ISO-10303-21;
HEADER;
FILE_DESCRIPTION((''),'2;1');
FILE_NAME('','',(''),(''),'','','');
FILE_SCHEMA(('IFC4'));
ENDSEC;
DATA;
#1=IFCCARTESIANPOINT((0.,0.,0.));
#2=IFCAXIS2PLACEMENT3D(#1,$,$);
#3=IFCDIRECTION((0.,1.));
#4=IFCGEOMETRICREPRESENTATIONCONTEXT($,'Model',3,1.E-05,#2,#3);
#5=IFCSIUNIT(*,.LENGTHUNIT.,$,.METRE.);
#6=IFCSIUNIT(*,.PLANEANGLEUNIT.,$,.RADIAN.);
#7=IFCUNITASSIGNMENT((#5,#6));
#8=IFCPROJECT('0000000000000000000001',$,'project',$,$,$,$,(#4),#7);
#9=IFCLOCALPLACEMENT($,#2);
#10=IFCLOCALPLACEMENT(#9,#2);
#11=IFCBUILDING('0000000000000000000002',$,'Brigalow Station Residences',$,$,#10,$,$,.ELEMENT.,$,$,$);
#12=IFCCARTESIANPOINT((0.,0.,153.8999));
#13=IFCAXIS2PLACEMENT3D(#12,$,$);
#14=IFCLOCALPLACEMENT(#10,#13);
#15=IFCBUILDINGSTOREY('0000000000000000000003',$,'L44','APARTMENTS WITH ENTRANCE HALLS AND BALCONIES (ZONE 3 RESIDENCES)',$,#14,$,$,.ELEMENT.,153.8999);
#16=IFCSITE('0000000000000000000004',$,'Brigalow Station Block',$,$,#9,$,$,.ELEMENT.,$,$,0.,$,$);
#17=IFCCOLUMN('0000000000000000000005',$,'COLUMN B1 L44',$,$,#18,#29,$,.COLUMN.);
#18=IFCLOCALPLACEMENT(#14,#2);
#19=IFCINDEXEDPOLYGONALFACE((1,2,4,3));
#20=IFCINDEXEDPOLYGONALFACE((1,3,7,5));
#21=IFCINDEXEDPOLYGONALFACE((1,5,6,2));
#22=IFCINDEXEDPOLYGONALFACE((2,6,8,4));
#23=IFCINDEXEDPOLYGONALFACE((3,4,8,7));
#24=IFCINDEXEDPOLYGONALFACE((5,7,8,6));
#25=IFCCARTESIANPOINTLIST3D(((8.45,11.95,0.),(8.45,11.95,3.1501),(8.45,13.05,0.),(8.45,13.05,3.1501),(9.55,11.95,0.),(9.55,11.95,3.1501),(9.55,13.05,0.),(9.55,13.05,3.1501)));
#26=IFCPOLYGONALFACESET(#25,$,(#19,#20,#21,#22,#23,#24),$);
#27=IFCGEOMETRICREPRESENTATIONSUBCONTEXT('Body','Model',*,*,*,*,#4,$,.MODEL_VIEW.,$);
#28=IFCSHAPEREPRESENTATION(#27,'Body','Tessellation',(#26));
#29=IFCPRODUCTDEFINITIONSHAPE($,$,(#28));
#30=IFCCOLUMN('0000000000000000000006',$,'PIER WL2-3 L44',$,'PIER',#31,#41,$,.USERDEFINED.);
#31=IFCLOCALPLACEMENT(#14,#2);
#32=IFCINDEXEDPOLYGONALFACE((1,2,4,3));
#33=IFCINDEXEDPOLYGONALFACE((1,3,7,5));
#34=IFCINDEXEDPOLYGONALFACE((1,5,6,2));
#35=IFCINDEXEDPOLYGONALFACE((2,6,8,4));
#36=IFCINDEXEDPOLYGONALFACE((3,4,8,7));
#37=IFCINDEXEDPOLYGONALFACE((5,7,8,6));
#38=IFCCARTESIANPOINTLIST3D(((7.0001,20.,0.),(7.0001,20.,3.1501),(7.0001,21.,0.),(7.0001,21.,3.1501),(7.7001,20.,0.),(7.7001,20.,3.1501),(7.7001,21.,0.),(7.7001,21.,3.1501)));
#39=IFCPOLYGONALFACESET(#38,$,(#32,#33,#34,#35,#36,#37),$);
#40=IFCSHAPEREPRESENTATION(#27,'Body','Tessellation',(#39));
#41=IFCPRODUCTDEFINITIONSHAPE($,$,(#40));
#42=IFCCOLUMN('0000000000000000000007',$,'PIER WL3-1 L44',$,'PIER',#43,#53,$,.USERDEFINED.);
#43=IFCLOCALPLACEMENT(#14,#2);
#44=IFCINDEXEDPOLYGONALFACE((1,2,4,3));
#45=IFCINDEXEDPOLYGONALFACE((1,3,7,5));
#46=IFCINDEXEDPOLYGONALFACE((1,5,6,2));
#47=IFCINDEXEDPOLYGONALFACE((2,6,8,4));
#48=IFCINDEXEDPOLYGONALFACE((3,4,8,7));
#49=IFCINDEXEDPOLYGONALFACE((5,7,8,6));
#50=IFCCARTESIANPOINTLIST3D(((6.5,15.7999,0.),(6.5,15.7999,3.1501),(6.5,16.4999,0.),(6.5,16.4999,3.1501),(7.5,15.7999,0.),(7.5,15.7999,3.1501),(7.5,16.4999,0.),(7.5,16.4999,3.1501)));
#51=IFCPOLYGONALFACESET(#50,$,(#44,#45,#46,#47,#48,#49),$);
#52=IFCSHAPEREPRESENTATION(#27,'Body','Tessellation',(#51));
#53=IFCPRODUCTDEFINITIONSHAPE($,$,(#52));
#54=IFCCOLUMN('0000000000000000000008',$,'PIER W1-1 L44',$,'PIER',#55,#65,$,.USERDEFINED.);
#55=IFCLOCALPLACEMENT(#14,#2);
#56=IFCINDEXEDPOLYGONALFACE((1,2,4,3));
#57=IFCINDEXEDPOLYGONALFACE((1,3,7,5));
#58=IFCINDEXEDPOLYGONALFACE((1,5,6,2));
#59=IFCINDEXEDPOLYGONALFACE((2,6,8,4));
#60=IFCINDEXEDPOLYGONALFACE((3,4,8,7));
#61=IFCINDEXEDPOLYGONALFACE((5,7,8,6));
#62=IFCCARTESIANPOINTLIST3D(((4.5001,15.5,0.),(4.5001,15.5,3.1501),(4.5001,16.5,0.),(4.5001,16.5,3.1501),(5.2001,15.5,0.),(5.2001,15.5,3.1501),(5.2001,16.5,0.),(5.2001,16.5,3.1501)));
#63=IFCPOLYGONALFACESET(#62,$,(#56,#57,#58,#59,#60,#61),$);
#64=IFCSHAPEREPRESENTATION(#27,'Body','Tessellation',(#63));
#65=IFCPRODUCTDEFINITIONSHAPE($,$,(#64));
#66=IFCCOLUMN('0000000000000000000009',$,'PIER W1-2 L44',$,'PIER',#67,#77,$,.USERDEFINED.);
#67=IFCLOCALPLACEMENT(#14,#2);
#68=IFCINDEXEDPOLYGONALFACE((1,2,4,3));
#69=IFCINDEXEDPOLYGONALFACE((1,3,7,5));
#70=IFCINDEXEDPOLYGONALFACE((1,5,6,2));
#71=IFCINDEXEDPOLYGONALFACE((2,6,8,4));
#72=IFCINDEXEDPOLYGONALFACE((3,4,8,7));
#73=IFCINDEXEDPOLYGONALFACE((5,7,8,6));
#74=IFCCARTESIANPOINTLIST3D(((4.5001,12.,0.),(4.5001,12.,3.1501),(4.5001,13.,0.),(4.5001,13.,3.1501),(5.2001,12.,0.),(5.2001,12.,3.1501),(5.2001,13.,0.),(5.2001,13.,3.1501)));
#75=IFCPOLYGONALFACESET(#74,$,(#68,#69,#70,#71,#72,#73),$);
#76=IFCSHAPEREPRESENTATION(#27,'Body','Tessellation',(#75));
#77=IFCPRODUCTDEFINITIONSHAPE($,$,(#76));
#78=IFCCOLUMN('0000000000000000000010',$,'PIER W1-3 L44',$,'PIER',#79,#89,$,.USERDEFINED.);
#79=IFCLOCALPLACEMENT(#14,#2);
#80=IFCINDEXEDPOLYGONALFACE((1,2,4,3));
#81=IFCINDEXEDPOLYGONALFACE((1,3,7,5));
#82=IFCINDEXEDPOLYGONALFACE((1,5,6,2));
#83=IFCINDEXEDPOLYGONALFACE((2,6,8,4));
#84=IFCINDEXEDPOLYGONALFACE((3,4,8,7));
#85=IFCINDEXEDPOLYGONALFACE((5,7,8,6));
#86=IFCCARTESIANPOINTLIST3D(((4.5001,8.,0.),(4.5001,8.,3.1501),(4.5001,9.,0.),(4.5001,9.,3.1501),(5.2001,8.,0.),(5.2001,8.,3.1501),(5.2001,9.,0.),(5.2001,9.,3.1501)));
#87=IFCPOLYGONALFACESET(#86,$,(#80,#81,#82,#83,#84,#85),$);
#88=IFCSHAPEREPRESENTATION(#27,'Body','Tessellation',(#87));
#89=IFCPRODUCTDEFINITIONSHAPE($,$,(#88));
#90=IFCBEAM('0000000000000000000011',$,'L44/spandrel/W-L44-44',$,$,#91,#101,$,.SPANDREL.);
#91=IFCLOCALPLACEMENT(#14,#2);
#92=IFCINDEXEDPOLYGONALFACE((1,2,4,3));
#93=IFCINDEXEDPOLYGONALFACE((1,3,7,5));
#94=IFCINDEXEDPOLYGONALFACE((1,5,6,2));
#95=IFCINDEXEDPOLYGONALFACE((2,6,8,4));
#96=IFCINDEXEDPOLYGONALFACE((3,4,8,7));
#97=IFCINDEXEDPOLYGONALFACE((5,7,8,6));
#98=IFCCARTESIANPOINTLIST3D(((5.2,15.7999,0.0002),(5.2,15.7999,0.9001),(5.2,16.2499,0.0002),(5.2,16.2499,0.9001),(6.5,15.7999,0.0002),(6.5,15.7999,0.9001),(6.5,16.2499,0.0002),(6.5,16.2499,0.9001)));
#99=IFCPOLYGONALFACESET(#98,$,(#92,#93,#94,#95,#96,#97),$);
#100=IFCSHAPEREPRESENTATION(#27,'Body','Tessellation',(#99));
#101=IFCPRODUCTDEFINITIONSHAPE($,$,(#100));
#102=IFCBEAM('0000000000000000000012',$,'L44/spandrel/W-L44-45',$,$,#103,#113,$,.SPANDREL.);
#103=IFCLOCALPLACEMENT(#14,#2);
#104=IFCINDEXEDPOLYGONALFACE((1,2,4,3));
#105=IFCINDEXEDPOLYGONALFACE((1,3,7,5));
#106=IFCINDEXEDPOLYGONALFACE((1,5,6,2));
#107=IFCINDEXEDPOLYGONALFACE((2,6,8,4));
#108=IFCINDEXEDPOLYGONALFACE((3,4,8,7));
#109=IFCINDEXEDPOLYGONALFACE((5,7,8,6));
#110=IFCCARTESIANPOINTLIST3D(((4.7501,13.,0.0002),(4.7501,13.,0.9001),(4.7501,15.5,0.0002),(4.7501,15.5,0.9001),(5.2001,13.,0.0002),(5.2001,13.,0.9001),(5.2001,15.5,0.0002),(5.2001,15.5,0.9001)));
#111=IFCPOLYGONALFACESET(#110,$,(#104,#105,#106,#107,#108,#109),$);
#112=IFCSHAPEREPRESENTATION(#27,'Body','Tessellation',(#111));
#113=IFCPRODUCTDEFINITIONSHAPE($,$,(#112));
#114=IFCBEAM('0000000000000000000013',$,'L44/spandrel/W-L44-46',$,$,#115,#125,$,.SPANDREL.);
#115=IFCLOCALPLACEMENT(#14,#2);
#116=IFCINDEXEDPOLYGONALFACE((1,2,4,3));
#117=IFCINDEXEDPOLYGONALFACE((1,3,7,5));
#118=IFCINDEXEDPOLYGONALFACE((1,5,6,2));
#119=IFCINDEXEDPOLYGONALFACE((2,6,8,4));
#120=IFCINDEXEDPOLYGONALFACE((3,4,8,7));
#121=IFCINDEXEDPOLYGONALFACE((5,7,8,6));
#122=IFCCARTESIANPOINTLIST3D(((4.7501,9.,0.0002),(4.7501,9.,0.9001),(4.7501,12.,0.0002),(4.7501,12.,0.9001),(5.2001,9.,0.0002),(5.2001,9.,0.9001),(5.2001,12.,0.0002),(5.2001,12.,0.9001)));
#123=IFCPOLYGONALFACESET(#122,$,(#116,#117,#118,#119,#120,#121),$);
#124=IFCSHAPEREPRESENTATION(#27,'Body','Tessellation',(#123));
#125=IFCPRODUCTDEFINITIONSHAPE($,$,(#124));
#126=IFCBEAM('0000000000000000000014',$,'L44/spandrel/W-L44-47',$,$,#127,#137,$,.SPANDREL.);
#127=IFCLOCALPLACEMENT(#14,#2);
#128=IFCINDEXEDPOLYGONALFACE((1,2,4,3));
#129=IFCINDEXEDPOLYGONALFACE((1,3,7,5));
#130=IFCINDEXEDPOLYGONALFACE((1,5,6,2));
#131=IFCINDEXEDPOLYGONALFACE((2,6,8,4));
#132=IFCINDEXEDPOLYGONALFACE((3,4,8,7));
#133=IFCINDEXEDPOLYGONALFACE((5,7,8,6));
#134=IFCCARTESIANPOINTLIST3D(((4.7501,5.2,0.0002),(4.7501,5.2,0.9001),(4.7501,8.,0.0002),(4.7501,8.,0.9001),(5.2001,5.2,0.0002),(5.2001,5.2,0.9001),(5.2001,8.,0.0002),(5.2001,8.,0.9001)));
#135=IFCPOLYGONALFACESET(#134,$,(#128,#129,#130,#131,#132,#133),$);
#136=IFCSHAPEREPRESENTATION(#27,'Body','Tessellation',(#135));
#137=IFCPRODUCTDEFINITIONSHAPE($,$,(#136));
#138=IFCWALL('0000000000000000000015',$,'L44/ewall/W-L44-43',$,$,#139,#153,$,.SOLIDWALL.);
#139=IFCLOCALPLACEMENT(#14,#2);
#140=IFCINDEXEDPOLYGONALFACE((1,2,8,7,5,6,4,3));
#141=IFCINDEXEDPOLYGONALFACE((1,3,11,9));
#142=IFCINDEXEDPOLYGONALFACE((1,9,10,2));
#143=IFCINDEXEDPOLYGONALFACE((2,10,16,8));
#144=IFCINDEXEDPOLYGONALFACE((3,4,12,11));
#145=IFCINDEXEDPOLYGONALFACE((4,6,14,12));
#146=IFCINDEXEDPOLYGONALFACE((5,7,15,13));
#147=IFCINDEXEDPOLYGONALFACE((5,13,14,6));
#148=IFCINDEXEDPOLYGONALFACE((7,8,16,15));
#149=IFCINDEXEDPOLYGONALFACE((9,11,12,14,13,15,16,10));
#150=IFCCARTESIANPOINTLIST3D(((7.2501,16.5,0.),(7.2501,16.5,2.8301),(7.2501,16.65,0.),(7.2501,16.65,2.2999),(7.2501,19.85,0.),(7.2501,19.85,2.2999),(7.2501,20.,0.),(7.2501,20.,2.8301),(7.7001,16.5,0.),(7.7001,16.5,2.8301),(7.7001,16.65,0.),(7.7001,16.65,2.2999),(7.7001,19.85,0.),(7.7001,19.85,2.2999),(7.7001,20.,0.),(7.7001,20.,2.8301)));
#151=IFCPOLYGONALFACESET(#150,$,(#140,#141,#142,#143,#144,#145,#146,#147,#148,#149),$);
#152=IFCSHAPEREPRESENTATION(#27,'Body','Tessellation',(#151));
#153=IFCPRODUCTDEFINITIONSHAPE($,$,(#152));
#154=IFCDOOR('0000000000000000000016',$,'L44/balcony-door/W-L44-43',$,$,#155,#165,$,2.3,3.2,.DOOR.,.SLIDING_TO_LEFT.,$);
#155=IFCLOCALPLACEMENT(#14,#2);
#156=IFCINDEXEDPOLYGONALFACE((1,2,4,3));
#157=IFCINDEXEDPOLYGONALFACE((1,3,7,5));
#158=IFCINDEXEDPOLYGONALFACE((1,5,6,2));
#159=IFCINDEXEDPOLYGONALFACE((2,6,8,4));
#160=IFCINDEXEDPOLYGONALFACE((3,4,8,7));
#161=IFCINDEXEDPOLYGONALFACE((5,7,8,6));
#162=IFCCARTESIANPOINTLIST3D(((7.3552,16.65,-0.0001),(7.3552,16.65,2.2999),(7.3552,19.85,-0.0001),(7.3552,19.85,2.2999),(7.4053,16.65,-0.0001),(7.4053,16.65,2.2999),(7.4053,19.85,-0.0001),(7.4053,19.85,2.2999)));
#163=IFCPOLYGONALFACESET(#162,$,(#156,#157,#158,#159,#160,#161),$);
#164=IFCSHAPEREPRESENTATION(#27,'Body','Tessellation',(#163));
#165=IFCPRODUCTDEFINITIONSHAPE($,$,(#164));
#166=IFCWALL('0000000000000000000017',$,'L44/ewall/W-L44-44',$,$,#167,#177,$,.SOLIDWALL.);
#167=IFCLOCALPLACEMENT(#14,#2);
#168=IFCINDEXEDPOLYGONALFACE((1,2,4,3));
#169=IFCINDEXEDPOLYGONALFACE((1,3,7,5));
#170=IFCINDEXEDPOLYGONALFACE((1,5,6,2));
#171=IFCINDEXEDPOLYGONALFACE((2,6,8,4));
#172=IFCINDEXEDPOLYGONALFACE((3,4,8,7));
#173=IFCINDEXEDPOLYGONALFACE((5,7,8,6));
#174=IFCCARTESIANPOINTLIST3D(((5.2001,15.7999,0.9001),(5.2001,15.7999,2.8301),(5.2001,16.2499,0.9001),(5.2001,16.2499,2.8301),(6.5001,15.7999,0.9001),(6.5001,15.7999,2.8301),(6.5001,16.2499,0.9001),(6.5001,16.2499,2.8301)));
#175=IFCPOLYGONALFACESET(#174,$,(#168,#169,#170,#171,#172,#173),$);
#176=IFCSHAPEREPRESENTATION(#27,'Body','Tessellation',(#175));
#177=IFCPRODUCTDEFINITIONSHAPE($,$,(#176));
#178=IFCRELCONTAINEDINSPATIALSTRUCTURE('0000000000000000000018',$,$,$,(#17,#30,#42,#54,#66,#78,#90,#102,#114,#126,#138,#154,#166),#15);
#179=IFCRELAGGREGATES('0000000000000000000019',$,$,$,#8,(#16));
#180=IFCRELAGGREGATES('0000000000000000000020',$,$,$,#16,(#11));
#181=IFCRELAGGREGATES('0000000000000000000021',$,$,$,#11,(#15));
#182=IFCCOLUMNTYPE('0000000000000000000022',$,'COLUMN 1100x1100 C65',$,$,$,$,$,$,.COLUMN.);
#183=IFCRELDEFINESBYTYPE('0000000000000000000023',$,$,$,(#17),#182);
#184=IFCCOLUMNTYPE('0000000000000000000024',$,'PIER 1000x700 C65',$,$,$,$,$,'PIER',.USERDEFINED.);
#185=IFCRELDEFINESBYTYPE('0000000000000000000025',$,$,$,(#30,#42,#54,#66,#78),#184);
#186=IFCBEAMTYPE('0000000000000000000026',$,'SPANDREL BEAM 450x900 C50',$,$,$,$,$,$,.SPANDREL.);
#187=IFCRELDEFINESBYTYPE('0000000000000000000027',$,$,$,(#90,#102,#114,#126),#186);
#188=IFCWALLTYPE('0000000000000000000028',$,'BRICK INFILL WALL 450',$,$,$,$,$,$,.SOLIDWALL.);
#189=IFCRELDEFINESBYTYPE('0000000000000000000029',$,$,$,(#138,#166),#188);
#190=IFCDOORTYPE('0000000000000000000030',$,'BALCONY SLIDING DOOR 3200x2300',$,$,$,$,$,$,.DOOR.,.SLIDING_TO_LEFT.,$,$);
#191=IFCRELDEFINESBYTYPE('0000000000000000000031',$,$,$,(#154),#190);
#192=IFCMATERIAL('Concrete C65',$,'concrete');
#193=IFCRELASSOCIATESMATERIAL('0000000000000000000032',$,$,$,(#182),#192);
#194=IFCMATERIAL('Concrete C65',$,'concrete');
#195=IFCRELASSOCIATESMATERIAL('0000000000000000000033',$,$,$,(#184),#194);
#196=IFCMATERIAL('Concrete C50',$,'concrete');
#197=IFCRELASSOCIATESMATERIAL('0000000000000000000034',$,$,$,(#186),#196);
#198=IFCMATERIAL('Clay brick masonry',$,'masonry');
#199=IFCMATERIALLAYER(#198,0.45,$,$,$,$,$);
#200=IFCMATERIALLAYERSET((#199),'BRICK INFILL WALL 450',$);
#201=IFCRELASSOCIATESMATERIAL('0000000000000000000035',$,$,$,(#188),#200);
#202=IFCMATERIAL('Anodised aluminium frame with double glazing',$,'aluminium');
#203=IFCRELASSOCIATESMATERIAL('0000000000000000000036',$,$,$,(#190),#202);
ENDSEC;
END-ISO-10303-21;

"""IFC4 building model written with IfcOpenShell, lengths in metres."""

from ifc_helpers import new_model, si_unit, direction, frame, frame_2d, origin, origin_2d, place, context, subcontext, project, spatial, rectangle, extrude, material, layer, layer_set, material_profile, profile_set, type_object, element, fill, save


model = new_model("IFC4")

# Units and contexts
model_context = context("Model", 3, precision=1e-05, world=origin(), true_north=direction((0.0, 1.0)))
body_context = subcontext(model_context, "Body", "Model", "MODEL_VIEW")
ifc_project = project(units=[si_unit("LENGTHUNIT", "METRE"), si_unit("PLANEANGLEUNIT", "RADIAN")], contexts=[model_context])

# Site, building, storey
site_placement = place(None, origin())
site = spatial("IfcSite", under=ifc_project, at=site_placement, Name="Brigalow Station Block", CompositionType="ELEMENT", RefElevation=0.0)
building_placement = place(site_placement, origin())
building = spatial("IfcBuilding", under=site, at=building_placement, Name="Brigalow Station Residences", CompositionType="ELEMENT")
storey_placement = place(building_placement, frame((0.0, 0.0, 153.8999)))
storey = spatial("IfcBuildingStorey", under=building, at=storey_placement, Name="L44", Description="APARTMENTS WITH ENTRANCE HALLS AND BALCONIES (ZONE 3 RESIDENCES)", CompositionType="ELEMENT", Elevation=153.8999)

# Columns
ifc_material_1 = material(Name="Concrete C65", Category="concrete")
ifc_material_profile_1 = material_profile(ifc_material_1, rectangle(XDim=1.1001, YDim=1.1001, at=origin_2d()), Name="RC1100x1100")
ifc_profile_set_1 = profile_set([ifc_material_profile_1], Name="Concrete C65")
column_type_1 = type_object("IfcColumnType", Name="COLUMN 1100x1100 C65", PredefinedType="COLUMN", material=ifc_profile_set_1)
column_placement = place(storey_placement, frame((9.0, 12.5, 0.0), z_axis=(0.0, 0.0, 1.0), x_axis=(1.0, 0.0, 0.0)))
element("IfcColumn", 1, at=column_placement, inside=storey, type_object=column_type_1, Name="COLUMN B1 L44", PredefinedType="COLUMN", context=body_context, shape_type="SweptSolid", body=[
    extrude(rectangle(XDim=1.1001, YDim=1.1001, at=origin_2d()), origin(), (0.0, 0.0, 1.0), 3.1501),
])
ifc_material_2 = material(Name="Concrete C65", Category="concrete")
ifc_material_profile_2 = material_profile(ifc_material_2, rectangle(XDim=1.0, YDim=0.7, at=origin_2d()), Name="RC1000x700")
ifc_profile_set_2 = profile_set([ifc_material_profile_2], Name="Concrete C65")
column_type_2 = type_object("IfcColumnType", Name="PIER 1000x700 C65", ElementType="PIER", PredefinedType="USERDEFINED", material=ifc_profile_set_2)
for number, where, z_axis, x_axis, name in (
    (2, (7.3501, 20.5, 0.0), (0.0, 0.0, 1.0), (0.0, -1.0, 0.0), "PIER WL2-3 L44"),
    (3, (7.0, 16.1499, 0.0), (0.0, 0.0, 1.0), (-1.0, 0.0, 0.0), "PIER WL3-1 L44"),
    (4, (4.8501, 16.0, 0.0), (0.0, 0.0, 1.0), (0.0, -1.0, 0.0), "PIER W1-1 L44"),
    (5, (4.8501, 12.5, 0.0), (0.0, 0.0, 1.0), (0.0, -1.0, 0.0), "PIER W1-2 L44"),
    (6, (4.8501, 8.5, 0.0), (0.0, 0.0, 1.0), (0.0, -1.0, 0.0), "PIER W1-3 L44"),
):
    element("IfcColumn", number, at=place(storey_placement, frame(where, z_axis=z_axis, x_axis=x_axis)), inside=storey, type_object=column_type_2, Name=name, ObjectType="PIER", PredefinedType="USERDEFINED", context=body_context, shape_type="SweptSolid", body=[
        extrude(rectangle(XDim=1.0, YDim=0.7, at=origin_2d()), origin(), (0.0, 0.0, 1.0), 3.1501),
    ])

# Beams
ifc_material_3 = material(Name="Concrete C50", Category="concrete")
ifc_material_profile_3 = material_profile(ifc_material_3, rectangle(XDim=0.45, YDim=0.8999, at=origin_2d()), Name="RC450x900")
ifc_profile_set_3 = profile_set([ifc_material_profile_3], Name="Concrete C50")
beam_type = type_object("IfcBeamType", Name="SPANDREL BEAM 450x900 C50", PredefinedType="SPANDREL", material=ifc_profile_set_3)
beam_1_placement = place(storey_placement, frame((6.5, 16.0249, 0.4502), z_axis=(-1.0, 0.0, 0.0), x_axis=(0.0, -1.0, 0.0)))
element("IfcBeam", 7, at=beam_1_placement, inside=storey, type_object=beam_type, Name="L44/spandrel/W-L44-44", PredefinedType="SPANDREL", context=body_context, shape_type="SweptSolid", body=[
    extrude(rectangle(XDim=0.45, YDim=0.8999, at=origin_2d()), origin(), (0.0, 0.0, 1.0), 1.3),
])
beam_2_placement = place(storey_placement, frame((4.9751, 15.5, 0.4502), z_axis=(0.0, -1.0, 0.0), x_axis=(1.0, 0.0, 0.0)))
element("IfcBeam", 8, at=beam_2_placement, inside=storey, type_object=beam_type, Name="L44/spandrel/W-L44-45", PredefinedType="SPANDREL", context=body_context, shape_type="SweptSolid", body=[
    extrude(rectangle(XDim=0.45, YDim=0.8999, at=origin_2d()), origin(), (0.0, 0.0, 1.0), 2.5),
])
beam_3_placement = place(storey_placement, frame((4.9751, 12.0, 0.4502), z_axis=(0.0, -1.0, 0.0), x_axis=(1.0, 0.0, 0.0)))
element("IfcBeam", 9, at=beam_3_placement, inside=storey, type_object=beam_type, Name="L44/spandrel/W-L44-46", PredefinedType="SPANDREL", context=body_context, shape_type="SweptSolid", body=[
    extrude(rectangle(XDim=0.45, YDim=0.8999, at=origin_2d()), origin(), (0.0, 0.0, 1.0), 3.0),
])
beam_4_placement = place(storey_placement, frame((4.9751, 8.0, 0.4502), z_axis=(0.0, -1.0, 0.0), x_axis=(1.0, 0.0, 0.0)))
element("IfcBeam", 10, at=beam_4_placement, inside=storey, type_object=beam_type, Name="L44/spandrel/W-L44-47", PredefinedType="SPANDREL", context=body_context, shape_type="SweptSolid", body=[
    extrude(rectangle(XDim=0.45, YDim=0.8999, at=origin_2d()), origin(), (0.0, 0.0, 1.0), 2.8),
])

# Wall, opening, door
ifc_material_4 = material(Name="Clay brick masonry", Category="masonry")
ifc_layer_1 = layer(ifc_material_4, 0.45)
ifc_layer_set_1 = layer_set([ifc_layer_1], Name="BRICK INFILL WALL 450")
wall_type_1 = type_object("IfcWallType", Name="BRICK INFILL WALL 450", PredefinedType="SOLIDWALL", material=ifc_layer_set_1)
wall_1_placement = place(storey_placement, frame((7.4751, 20.0, 0.0), z_axis=(0.0, 0.0, 1.0), x_axis=(0.0, -1.0, 0.0)))
wall_1 = element("IfcWall", 11, at=wall_1_placement, inside=storey, type_object=wall_type_1, Name="L44/ewall/W-L44-43", PredefinedType="SOLIDWALL", context=body_context, shape_type="SweptSolid", body=[
    extrude(rectangle(XDim=3.5, YDim=0.45, at=frame_2d((1.75, 0.0))), origin(), (0.0, 0.0, 1.0), 2.8301),
])
opening_1_placement = place(wall_1_placement, frame((0.1499, 0.0, 0.0)))
opening_1 = element("IfcOpeningElement", 12, at=opening_1_placement, cuts=wall_1, PredefinedType="OPENING", context=body_context, shape_type="SweptSolid", body=[
    extrude(rectangle(XDim=3.2, YDim=2.3, at=frame_2d((1.6001, 1.1499))), frame((0.0, 0.2349, 0.0), z_axis=(0.0, -1.0, 0.0), x_axis=(1.0, 0.0, 0.0)), (0.0, 0.0, 1.0), 0.47),
])
ifc_material_5 = material(Name="Anodised aluminium frame with double glazing", Category="aluminium")
door_type_1 = type_object("IfcDoorType", Name="BALCONY SLIDING DOOR 3200x2300", OperationType="SLIDING_TO_LEFT", PredefinedType="DOOR", material=ifc_material_5)
door_1_placement = place(opening_1_placement, origin())
door_1 = element("IfcDoor", 13, at=door_1_placement, inside=storey, type_object=door_type_1, Name="L44/balcony-door/W-L44-43", OperationType="SLIDING_TO_LEFT", OverallHeight=2.3, OverallWidth=3.2, PredefinedType="DOOR", context=body_context, shape_type="SweptSolid", body=[
    extrude(rectangle(XDim=3.2, YDim=2.3, at=frame_2d((1.6001, 1.1499))), frame((0.0, -0.0698, 0.0), z_axis=(0.0, -1.0, 0.0), x_axis=(1.0, 0.0, 0.0)), (0.0, 0.0, 1.0), 0.05),
])
fill(opening_1, door_1)

# Wall
wall_2_placement = place(storey_placement, frame((6.5, 16.0249, 0.9001), z_axis=(0.0, 0.0, 1.0), x_axis=(-1.0, 0.0, 0.0)))
element("IfcWall", 14, at=wall_2_placement, inside=storey, type_object=wall_type_1, Name="L44/ewall/W-L44-44", PredefinedType="SOLIDWALL", context=body_context, shape_type="SweptSolid", body=[
    extrude(rectangle(XDim=1.3, YDim=0.45, at=frame_2d((0.6499, 0.0))), origin(), (0.0, 0.0, 1.0), 1.9299),
])

save(model, "model.ifc")
